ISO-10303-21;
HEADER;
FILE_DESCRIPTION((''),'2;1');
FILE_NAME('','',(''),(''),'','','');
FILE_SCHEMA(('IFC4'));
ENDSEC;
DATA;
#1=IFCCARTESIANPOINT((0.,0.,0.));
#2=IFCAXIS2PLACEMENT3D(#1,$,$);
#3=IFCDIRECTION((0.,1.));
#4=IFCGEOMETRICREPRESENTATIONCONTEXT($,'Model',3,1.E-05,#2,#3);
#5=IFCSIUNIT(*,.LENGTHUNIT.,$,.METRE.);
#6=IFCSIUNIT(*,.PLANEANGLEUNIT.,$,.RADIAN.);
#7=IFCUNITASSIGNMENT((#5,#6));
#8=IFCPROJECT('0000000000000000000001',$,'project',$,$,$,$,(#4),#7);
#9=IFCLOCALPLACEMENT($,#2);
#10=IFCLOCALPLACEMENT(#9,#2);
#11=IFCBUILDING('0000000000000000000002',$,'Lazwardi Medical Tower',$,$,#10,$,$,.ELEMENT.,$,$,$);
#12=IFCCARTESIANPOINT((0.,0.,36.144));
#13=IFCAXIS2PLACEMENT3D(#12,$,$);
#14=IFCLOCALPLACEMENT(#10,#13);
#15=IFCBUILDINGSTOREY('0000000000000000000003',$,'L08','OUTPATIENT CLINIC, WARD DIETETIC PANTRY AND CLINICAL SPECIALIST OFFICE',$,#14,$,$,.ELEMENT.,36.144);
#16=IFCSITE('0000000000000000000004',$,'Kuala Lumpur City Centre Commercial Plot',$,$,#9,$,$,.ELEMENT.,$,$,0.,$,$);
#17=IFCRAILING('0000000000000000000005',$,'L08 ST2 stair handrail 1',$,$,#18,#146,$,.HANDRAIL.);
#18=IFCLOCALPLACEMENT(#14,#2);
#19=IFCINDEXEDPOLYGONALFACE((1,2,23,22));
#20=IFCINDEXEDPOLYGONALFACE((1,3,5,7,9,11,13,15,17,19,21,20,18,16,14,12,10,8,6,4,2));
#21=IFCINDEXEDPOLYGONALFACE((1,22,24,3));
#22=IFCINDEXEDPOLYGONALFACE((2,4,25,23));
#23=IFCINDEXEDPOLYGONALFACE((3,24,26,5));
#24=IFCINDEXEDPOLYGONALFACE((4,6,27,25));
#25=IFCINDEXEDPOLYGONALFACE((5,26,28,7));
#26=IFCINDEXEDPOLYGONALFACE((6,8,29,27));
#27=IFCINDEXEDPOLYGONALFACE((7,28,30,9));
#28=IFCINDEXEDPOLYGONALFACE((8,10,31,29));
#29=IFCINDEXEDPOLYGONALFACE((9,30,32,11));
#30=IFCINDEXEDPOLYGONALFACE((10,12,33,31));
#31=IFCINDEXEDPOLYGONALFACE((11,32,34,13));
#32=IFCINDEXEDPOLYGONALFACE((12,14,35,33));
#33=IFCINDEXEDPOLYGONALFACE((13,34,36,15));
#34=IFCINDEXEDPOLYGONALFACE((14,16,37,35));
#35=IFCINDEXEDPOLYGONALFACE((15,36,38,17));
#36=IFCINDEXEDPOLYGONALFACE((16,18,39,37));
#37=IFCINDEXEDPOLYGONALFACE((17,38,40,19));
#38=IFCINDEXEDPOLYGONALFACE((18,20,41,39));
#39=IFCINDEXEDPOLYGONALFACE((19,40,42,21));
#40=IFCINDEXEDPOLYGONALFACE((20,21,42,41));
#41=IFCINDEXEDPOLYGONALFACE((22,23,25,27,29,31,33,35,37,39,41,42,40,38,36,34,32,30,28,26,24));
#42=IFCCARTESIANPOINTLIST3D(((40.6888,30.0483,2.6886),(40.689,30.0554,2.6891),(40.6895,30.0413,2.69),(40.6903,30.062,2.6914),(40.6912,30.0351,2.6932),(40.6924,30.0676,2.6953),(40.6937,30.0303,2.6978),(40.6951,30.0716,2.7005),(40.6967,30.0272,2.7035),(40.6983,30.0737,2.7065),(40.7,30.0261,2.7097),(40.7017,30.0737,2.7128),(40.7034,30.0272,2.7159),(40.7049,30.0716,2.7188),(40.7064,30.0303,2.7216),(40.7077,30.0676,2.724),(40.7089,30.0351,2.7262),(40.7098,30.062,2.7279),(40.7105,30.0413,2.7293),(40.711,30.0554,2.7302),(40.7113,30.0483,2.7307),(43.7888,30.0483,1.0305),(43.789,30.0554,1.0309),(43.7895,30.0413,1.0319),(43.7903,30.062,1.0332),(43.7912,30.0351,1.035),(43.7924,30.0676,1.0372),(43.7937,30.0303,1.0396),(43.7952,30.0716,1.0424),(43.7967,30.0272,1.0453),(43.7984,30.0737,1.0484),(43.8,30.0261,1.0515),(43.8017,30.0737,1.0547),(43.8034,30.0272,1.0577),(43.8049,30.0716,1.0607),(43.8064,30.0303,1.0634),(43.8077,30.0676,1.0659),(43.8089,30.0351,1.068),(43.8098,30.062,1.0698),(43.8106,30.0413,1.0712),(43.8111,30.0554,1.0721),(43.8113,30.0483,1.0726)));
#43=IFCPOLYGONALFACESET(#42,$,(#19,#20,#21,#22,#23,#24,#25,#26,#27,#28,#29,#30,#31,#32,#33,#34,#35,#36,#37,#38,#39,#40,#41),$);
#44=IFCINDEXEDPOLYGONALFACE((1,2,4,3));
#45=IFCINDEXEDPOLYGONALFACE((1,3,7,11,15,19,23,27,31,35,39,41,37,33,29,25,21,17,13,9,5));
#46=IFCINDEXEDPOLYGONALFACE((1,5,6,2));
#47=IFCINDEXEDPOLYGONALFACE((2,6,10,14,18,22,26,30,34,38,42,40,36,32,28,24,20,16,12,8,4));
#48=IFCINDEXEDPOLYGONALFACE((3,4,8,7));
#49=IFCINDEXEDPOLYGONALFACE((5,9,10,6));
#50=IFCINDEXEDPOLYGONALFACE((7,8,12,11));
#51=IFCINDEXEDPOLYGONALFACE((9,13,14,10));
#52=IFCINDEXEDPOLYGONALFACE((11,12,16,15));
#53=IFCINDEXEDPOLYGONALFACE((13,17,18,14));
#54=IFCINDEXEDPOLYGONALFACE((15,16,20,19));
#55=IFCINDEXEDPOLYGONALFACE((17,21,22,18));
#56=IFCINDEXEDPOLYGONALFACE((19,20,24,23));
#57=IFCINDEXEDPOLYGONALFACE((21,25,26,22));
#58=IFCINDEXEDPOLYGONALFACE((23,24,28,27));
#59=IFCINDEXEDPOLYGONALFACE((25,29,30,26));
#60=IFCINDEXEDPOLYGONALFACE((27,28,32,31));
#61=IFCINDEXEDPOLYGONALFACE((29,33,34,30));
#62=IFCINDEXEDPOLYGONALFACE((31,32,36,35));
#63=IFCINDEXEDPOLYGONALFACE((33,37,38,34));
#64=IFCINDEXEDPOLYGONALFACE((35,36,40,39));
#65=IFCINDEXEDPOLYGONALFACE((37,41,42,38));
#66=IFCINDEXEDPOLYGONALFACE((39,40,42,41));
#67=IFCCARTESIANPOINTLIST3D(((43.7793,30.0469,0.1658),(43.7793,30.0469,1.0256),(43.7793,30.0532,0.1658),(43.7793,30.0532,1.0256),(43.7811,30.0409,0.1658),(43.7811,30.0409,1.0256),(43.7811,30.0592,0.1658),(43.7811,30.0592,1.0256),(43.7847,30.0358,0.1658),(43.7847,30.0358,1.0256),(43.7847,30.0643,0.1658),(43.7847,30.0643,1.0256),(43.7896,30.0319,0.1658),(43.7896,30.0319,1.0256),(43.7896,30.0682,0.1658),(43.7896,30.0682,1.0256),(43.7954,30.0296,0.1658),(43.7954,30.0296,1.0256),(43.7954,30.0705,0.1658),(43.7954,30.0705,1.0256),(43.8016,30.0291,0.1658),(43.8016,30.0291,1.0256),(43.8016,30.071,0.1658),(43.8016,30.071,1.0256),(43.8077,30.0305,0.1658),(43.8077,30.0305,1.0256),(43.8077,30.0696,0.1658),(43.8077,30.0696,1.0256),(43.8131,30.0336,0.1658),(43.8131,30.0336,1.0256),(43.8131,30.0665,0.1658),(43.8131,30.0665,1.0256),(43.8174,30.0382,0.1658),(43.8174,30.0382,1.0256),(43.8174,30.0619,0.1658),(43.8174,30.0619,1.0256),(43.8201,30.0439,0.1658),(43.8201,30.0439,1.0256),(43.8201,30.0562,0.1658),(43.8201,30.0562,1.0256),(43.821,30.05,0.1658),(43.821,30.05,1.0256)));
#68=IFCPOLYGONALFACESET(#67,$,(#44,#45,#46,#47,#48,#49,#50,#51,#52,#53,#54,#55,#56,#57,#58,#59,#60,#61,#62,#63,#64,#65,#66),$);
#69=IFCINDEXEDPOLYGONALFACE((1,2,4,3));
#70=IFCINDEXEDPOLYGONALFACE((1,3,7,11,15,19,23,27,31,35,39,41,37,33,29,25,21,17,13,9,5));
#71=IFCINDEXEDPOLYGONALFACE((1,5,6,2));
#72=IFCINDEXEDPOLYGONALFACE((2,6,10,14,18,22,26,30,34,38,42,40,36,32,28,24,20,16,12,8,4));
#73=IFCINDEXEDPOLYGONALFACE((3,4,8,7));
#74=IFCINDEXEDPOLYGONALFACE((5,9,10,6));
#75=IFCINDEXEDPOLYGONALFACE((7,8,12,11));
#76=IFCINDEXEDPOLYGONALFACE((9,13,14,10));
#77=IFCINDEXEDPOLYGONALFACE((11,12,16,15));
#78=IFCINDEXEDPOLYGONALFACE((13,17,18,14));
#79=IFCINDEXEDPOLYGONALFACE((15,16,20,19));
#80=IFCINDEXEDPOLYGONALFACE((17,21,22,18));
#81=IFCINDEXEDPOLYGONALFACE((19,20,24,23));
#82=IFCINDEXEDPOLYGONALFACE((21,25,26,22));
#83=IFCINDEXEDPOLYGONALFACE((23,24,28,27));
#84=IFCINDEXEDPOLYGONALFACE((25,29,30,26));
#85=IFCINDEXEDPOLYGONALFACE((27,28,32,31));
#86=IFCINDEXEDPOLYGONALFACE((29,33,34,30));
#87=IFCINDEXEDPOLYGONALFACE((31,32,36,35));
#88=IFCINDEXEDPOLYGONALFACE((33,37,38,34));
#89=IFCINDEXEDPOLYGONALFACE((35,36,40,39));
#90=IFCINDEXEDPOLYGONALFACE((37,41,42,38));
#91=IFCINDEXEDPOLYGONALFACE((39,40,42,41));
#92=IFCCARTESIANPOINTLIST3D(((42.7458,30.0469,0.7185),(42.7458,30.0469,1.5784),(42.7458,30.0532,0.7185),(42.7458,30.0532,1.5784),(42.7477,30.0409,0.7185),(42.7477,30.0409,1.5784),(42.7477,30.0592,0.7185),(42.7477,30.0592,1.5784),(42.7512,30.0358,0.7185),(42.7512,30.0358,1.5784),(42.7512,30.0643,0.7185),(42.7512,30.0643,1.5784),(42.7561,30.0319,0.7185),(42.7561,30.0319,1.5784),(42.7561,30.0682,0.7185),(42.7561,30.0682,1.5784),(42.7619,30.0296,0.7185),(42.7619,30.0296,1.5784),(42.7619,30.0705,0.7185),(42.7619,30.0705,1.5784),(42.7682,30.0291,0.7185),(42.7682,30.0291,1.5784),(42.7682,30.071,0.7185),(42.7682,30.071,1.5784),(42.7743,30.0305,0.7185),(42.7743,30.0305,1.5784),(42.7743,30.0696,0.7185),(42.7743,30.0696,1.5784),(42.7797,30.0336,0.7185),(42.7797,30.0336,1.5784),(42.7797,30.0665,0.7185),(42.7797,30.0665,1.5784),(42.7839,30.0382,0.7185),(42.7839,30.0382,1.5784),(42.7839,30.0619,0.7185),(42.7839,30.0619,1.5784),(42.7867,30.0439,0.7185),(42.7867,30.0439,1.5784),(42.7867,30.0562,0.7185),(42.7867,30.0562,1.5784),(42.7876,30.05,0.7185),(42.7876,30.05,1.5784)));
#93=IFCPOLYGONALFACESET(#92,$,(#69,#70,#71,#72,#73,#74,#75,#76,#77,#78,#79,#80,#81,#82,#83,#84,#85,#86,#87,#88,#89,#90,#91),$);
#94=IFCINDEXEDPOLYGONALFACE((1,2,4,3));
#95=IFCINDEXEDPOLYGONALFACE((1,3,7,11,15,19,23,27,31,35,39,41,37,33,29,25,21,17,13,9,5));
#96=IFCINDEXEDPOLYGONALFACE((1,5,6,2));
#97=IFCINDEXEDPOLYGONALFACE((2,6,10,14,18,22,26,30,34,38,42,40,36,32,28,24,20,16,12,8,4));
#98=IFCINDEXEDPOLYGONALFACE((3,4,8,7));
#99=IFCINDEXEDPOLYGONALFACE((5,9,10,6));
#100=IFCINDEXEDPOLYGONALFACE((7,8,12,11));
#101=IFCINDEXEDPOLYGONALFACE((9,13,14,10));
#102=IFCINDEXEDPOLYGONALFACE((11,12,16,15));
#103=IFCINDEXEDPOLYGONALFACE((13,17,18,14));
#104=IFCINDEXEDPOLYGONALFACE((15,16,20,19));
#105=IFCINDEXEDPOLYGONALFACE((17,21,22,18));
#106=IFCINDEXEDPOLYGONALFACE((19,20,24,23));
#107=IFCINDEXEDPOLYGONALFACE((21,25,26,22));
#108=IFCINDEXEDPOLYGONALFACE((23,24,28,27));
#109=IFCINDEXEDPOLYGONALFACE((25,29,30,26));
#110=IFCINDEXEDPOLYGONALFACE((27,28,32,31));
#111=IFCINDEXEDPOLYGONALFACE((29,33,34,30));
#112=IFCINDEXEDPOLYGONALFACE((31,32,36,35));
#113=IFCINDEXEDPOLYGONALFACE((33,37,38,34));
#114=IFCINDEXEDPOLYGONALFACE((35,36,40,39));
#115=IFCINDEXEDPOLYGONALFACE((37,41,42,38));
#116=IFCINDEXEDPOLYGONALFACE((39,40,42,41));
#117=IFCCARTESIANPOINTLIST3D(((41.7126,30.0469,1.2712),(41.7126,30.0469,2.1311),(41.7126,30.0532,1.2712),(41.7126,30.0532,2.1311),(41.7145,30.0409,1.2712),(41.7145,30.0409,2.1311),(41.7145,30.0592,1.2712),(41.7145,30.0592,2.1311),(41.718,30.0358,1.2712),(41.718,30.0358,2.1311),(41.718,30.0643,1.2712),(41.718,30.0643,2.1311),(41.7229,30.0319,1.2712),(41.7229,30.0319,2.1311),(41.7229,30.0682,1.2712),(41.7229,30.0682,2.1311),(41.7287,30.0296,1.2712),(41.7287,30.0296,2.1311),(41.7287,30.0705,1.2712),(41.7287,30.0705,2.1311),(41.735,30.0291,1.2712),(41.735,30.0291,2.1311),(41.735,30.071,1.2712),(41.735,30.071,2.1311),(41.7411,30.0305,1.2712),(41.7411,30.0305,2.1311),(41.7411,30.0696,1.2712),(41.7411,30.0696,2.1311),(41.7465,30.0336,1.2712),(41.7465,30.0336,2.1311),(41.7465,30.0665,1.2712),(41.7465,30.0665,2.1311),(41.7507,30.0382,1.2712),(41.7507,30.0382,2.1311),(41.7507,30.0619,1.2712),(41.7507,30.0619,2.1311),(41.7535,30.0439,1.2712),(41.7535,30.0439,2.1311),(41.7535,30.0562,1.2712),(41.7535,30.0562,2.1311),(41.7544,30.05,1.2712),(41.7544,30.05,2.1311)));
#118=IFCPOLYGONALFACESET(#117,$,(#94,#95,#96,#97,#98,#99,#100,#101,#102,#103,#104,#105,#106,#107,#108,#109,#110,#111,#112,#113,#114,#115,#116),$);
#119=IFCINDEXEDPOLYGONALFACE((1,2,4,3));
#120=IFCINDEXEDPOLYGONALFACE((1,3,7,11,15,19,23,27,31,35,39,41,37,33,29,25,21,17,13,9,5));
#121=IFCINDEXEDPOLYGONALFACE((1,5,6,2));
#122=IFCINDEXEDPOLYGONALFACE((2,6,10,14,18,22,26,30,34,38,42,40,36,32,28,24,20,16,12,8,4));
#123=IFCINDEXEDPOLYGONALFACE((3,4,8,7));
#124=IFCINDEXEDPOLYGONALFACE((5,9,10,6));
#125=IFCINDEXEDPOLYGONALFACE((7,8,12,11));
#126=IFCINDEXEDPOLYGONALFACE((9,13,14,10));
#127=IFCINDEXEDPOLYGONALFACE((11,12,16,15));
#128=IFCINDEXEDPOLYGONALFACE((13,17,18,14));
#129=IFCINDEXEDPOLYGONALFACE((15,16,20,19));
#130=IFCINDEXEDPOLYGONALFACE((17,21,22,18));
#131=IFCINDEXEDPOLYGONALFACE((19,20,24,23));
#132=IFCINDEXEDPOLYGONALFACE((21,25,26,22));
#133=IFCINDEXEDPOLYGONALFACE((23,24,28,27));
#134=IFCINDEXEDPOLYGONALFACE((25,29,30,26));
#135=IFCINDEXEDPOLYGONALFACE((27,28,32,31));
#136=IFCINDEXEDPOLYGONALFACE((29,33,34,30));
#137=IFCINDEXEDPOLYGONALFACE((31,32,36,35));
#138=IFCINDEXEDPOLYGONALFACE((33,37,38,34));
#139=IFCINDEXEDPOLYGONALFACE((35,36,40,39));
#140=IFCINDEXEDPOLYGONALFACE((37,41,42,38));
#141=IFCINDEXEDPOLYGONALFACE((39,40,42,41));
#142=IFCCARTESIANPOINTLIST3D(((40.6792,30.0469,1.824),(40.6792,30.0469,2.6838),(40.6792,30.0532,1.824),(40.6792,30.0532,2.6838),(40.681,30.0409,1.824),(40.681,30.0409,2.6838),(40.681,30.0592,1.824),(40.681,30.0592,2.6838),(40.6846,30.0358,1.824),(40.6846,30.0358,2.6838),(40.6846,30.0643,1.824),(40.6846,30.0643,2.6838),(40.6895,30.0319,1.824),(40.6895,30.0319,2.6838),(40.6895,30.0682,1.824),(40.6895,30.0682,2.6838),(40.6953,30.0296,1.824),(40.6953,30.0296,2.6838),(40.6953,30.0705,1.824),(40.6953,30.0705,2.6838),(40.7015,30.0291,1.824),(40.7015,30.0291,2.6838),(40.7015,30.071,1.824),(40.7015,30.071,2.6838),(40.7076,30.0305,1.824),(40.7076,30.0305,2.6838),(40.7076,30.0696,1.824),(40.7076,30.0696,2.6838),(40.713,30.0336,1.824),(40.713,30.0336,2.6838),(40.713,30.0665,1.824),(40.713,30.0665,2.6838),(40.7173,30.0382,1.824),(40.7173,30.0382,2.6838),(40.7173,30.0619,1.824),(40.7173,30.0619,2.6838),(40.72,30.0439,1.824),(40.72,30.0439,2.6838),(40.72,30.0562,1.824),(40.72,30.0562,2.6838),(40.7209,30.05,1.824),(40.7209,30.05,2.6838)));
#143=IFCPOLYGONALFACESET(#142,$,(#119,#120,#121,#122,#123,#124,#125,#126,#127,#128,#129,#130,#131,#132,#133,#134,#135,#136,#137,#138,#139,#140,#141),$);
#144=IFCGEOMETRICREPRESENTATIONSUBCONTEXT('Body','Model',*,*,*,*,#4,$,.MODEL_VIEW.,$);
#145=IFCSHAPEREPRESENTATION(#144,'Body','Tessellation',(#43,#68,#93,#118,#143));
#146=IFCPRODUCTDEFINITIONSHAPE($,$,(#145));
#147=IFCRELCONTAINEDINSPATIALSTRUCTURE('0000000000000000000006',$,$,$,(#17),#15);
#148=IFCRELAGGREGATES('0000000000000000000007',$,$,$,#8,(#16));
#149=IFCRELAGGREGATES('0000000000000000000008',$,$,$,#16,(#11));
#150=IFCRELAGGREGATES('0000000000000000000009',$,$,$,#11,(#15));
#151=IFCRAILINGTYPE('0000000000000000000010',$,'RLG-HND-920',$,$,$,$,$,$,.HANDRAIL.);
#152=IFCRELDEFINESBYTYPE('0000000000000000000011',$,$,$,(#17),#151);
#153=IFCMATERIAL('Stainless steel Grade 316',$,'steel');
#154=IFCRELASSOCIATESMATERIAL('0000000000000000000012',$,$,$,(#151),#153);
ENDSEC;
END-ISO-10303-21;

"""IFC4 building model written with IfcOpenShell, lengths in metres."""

from ifc_helpers import new_model, si_unit, direction, frame, origin, origin_2d, place, context, subcontext, project, spatial, circle, extrude, material, type_object, element, save


model = new_model("IFC4")

# Units and contexts
model_context = context("Model", 3, precision=1e-05, world=origin(), true_north=direction((0.0, 1.0)))
body_context = subcontext(model_context, "Body", "Model", "MODEL_VIEW")
ifc_project = project(units=[si_unit("LENGTHUNIT", "METRE"), si_unit("PLANEANGLEUNIT", "RADIAN")], contexts=[model_context])

# Site, building, storey
site_placement = place(None, origin())
site = spatial("IfcSite", under=ifc_project, at=site_placement, Name="Kuala Lumpur City Centre Commercial Plot", CompositionType="ELEMENT", RefElevation=0.0)
building_placement = place(site_placement, origin())
building = spatial("IfcBuilding", under=site, at=building_placement, Name="Lazwardi Medical Tower", CompositionType="ELEMENT")
storey_placement = place(building_placement, frame((0.0, 0.0, 36.144)))
storey = spatial("IfcBuildingStorey", under=building, at=storey_placement, Name="L08", Description="OUTPATIENT CLINIC, WARD DIETETIC PANTRY AND CLINICAL SPECIALIST OFFICE", CompositionType="ELEMENT", Elevation=36.144)

# Railing
ifc_material_1 = material(Name="Stainless steel Grade 316", Category="steel")
railing_type_1 = type_object("IfcRailingType", Name="RLG-HND-920", PredefinedType="HANDRAIL", material=ifc_material_1)
railing_1_placement = place(storey_placement, frame((43.8, 30.05, 0.1658)))
element("IfcRailing", 1, at=railing_1_placement, inside=storey, type_object=railing_type_1, Name="L08 ST2 stair handrail 1", PredefinedType="HANDRAIL", context=body_context, shape_type="SweptSolid", body=[
    extrude(circle(Radius=0.0239, at=origin_2d()), frame((0.0, 0.0, 0.8857), z_axis=(-0.881783, 0.0, 0.471655), x_axis=(0.0, -1.0, 0.0)), (0.0, 0.0, 1.0), 3.5156),
    extrude(circle(Radius=0.021, at=origin_2d()), origin(), (0.0, 0.0, 1.0), 0.8599),
    extrude(circle(Radius=0.021, at=origin_2d()), frame((-1.0334, 0.0, 0.5527)), (0.0, 0.0, 1.0), 0.8599),
    extrude(circle(Radius=0.021, at=origin_2d()), frame((-2.0667, 0.0, 1.1055)), (0.0, 0.0, 1.0), 0.8599),
    extrude(circle(Radius=0.021, at=origin_2d()), frame((-3.1001, 0.0, 1.6582)), (0.0, 0.0, 1.0), 0.8599),
])

save(model, "model.ifc")
